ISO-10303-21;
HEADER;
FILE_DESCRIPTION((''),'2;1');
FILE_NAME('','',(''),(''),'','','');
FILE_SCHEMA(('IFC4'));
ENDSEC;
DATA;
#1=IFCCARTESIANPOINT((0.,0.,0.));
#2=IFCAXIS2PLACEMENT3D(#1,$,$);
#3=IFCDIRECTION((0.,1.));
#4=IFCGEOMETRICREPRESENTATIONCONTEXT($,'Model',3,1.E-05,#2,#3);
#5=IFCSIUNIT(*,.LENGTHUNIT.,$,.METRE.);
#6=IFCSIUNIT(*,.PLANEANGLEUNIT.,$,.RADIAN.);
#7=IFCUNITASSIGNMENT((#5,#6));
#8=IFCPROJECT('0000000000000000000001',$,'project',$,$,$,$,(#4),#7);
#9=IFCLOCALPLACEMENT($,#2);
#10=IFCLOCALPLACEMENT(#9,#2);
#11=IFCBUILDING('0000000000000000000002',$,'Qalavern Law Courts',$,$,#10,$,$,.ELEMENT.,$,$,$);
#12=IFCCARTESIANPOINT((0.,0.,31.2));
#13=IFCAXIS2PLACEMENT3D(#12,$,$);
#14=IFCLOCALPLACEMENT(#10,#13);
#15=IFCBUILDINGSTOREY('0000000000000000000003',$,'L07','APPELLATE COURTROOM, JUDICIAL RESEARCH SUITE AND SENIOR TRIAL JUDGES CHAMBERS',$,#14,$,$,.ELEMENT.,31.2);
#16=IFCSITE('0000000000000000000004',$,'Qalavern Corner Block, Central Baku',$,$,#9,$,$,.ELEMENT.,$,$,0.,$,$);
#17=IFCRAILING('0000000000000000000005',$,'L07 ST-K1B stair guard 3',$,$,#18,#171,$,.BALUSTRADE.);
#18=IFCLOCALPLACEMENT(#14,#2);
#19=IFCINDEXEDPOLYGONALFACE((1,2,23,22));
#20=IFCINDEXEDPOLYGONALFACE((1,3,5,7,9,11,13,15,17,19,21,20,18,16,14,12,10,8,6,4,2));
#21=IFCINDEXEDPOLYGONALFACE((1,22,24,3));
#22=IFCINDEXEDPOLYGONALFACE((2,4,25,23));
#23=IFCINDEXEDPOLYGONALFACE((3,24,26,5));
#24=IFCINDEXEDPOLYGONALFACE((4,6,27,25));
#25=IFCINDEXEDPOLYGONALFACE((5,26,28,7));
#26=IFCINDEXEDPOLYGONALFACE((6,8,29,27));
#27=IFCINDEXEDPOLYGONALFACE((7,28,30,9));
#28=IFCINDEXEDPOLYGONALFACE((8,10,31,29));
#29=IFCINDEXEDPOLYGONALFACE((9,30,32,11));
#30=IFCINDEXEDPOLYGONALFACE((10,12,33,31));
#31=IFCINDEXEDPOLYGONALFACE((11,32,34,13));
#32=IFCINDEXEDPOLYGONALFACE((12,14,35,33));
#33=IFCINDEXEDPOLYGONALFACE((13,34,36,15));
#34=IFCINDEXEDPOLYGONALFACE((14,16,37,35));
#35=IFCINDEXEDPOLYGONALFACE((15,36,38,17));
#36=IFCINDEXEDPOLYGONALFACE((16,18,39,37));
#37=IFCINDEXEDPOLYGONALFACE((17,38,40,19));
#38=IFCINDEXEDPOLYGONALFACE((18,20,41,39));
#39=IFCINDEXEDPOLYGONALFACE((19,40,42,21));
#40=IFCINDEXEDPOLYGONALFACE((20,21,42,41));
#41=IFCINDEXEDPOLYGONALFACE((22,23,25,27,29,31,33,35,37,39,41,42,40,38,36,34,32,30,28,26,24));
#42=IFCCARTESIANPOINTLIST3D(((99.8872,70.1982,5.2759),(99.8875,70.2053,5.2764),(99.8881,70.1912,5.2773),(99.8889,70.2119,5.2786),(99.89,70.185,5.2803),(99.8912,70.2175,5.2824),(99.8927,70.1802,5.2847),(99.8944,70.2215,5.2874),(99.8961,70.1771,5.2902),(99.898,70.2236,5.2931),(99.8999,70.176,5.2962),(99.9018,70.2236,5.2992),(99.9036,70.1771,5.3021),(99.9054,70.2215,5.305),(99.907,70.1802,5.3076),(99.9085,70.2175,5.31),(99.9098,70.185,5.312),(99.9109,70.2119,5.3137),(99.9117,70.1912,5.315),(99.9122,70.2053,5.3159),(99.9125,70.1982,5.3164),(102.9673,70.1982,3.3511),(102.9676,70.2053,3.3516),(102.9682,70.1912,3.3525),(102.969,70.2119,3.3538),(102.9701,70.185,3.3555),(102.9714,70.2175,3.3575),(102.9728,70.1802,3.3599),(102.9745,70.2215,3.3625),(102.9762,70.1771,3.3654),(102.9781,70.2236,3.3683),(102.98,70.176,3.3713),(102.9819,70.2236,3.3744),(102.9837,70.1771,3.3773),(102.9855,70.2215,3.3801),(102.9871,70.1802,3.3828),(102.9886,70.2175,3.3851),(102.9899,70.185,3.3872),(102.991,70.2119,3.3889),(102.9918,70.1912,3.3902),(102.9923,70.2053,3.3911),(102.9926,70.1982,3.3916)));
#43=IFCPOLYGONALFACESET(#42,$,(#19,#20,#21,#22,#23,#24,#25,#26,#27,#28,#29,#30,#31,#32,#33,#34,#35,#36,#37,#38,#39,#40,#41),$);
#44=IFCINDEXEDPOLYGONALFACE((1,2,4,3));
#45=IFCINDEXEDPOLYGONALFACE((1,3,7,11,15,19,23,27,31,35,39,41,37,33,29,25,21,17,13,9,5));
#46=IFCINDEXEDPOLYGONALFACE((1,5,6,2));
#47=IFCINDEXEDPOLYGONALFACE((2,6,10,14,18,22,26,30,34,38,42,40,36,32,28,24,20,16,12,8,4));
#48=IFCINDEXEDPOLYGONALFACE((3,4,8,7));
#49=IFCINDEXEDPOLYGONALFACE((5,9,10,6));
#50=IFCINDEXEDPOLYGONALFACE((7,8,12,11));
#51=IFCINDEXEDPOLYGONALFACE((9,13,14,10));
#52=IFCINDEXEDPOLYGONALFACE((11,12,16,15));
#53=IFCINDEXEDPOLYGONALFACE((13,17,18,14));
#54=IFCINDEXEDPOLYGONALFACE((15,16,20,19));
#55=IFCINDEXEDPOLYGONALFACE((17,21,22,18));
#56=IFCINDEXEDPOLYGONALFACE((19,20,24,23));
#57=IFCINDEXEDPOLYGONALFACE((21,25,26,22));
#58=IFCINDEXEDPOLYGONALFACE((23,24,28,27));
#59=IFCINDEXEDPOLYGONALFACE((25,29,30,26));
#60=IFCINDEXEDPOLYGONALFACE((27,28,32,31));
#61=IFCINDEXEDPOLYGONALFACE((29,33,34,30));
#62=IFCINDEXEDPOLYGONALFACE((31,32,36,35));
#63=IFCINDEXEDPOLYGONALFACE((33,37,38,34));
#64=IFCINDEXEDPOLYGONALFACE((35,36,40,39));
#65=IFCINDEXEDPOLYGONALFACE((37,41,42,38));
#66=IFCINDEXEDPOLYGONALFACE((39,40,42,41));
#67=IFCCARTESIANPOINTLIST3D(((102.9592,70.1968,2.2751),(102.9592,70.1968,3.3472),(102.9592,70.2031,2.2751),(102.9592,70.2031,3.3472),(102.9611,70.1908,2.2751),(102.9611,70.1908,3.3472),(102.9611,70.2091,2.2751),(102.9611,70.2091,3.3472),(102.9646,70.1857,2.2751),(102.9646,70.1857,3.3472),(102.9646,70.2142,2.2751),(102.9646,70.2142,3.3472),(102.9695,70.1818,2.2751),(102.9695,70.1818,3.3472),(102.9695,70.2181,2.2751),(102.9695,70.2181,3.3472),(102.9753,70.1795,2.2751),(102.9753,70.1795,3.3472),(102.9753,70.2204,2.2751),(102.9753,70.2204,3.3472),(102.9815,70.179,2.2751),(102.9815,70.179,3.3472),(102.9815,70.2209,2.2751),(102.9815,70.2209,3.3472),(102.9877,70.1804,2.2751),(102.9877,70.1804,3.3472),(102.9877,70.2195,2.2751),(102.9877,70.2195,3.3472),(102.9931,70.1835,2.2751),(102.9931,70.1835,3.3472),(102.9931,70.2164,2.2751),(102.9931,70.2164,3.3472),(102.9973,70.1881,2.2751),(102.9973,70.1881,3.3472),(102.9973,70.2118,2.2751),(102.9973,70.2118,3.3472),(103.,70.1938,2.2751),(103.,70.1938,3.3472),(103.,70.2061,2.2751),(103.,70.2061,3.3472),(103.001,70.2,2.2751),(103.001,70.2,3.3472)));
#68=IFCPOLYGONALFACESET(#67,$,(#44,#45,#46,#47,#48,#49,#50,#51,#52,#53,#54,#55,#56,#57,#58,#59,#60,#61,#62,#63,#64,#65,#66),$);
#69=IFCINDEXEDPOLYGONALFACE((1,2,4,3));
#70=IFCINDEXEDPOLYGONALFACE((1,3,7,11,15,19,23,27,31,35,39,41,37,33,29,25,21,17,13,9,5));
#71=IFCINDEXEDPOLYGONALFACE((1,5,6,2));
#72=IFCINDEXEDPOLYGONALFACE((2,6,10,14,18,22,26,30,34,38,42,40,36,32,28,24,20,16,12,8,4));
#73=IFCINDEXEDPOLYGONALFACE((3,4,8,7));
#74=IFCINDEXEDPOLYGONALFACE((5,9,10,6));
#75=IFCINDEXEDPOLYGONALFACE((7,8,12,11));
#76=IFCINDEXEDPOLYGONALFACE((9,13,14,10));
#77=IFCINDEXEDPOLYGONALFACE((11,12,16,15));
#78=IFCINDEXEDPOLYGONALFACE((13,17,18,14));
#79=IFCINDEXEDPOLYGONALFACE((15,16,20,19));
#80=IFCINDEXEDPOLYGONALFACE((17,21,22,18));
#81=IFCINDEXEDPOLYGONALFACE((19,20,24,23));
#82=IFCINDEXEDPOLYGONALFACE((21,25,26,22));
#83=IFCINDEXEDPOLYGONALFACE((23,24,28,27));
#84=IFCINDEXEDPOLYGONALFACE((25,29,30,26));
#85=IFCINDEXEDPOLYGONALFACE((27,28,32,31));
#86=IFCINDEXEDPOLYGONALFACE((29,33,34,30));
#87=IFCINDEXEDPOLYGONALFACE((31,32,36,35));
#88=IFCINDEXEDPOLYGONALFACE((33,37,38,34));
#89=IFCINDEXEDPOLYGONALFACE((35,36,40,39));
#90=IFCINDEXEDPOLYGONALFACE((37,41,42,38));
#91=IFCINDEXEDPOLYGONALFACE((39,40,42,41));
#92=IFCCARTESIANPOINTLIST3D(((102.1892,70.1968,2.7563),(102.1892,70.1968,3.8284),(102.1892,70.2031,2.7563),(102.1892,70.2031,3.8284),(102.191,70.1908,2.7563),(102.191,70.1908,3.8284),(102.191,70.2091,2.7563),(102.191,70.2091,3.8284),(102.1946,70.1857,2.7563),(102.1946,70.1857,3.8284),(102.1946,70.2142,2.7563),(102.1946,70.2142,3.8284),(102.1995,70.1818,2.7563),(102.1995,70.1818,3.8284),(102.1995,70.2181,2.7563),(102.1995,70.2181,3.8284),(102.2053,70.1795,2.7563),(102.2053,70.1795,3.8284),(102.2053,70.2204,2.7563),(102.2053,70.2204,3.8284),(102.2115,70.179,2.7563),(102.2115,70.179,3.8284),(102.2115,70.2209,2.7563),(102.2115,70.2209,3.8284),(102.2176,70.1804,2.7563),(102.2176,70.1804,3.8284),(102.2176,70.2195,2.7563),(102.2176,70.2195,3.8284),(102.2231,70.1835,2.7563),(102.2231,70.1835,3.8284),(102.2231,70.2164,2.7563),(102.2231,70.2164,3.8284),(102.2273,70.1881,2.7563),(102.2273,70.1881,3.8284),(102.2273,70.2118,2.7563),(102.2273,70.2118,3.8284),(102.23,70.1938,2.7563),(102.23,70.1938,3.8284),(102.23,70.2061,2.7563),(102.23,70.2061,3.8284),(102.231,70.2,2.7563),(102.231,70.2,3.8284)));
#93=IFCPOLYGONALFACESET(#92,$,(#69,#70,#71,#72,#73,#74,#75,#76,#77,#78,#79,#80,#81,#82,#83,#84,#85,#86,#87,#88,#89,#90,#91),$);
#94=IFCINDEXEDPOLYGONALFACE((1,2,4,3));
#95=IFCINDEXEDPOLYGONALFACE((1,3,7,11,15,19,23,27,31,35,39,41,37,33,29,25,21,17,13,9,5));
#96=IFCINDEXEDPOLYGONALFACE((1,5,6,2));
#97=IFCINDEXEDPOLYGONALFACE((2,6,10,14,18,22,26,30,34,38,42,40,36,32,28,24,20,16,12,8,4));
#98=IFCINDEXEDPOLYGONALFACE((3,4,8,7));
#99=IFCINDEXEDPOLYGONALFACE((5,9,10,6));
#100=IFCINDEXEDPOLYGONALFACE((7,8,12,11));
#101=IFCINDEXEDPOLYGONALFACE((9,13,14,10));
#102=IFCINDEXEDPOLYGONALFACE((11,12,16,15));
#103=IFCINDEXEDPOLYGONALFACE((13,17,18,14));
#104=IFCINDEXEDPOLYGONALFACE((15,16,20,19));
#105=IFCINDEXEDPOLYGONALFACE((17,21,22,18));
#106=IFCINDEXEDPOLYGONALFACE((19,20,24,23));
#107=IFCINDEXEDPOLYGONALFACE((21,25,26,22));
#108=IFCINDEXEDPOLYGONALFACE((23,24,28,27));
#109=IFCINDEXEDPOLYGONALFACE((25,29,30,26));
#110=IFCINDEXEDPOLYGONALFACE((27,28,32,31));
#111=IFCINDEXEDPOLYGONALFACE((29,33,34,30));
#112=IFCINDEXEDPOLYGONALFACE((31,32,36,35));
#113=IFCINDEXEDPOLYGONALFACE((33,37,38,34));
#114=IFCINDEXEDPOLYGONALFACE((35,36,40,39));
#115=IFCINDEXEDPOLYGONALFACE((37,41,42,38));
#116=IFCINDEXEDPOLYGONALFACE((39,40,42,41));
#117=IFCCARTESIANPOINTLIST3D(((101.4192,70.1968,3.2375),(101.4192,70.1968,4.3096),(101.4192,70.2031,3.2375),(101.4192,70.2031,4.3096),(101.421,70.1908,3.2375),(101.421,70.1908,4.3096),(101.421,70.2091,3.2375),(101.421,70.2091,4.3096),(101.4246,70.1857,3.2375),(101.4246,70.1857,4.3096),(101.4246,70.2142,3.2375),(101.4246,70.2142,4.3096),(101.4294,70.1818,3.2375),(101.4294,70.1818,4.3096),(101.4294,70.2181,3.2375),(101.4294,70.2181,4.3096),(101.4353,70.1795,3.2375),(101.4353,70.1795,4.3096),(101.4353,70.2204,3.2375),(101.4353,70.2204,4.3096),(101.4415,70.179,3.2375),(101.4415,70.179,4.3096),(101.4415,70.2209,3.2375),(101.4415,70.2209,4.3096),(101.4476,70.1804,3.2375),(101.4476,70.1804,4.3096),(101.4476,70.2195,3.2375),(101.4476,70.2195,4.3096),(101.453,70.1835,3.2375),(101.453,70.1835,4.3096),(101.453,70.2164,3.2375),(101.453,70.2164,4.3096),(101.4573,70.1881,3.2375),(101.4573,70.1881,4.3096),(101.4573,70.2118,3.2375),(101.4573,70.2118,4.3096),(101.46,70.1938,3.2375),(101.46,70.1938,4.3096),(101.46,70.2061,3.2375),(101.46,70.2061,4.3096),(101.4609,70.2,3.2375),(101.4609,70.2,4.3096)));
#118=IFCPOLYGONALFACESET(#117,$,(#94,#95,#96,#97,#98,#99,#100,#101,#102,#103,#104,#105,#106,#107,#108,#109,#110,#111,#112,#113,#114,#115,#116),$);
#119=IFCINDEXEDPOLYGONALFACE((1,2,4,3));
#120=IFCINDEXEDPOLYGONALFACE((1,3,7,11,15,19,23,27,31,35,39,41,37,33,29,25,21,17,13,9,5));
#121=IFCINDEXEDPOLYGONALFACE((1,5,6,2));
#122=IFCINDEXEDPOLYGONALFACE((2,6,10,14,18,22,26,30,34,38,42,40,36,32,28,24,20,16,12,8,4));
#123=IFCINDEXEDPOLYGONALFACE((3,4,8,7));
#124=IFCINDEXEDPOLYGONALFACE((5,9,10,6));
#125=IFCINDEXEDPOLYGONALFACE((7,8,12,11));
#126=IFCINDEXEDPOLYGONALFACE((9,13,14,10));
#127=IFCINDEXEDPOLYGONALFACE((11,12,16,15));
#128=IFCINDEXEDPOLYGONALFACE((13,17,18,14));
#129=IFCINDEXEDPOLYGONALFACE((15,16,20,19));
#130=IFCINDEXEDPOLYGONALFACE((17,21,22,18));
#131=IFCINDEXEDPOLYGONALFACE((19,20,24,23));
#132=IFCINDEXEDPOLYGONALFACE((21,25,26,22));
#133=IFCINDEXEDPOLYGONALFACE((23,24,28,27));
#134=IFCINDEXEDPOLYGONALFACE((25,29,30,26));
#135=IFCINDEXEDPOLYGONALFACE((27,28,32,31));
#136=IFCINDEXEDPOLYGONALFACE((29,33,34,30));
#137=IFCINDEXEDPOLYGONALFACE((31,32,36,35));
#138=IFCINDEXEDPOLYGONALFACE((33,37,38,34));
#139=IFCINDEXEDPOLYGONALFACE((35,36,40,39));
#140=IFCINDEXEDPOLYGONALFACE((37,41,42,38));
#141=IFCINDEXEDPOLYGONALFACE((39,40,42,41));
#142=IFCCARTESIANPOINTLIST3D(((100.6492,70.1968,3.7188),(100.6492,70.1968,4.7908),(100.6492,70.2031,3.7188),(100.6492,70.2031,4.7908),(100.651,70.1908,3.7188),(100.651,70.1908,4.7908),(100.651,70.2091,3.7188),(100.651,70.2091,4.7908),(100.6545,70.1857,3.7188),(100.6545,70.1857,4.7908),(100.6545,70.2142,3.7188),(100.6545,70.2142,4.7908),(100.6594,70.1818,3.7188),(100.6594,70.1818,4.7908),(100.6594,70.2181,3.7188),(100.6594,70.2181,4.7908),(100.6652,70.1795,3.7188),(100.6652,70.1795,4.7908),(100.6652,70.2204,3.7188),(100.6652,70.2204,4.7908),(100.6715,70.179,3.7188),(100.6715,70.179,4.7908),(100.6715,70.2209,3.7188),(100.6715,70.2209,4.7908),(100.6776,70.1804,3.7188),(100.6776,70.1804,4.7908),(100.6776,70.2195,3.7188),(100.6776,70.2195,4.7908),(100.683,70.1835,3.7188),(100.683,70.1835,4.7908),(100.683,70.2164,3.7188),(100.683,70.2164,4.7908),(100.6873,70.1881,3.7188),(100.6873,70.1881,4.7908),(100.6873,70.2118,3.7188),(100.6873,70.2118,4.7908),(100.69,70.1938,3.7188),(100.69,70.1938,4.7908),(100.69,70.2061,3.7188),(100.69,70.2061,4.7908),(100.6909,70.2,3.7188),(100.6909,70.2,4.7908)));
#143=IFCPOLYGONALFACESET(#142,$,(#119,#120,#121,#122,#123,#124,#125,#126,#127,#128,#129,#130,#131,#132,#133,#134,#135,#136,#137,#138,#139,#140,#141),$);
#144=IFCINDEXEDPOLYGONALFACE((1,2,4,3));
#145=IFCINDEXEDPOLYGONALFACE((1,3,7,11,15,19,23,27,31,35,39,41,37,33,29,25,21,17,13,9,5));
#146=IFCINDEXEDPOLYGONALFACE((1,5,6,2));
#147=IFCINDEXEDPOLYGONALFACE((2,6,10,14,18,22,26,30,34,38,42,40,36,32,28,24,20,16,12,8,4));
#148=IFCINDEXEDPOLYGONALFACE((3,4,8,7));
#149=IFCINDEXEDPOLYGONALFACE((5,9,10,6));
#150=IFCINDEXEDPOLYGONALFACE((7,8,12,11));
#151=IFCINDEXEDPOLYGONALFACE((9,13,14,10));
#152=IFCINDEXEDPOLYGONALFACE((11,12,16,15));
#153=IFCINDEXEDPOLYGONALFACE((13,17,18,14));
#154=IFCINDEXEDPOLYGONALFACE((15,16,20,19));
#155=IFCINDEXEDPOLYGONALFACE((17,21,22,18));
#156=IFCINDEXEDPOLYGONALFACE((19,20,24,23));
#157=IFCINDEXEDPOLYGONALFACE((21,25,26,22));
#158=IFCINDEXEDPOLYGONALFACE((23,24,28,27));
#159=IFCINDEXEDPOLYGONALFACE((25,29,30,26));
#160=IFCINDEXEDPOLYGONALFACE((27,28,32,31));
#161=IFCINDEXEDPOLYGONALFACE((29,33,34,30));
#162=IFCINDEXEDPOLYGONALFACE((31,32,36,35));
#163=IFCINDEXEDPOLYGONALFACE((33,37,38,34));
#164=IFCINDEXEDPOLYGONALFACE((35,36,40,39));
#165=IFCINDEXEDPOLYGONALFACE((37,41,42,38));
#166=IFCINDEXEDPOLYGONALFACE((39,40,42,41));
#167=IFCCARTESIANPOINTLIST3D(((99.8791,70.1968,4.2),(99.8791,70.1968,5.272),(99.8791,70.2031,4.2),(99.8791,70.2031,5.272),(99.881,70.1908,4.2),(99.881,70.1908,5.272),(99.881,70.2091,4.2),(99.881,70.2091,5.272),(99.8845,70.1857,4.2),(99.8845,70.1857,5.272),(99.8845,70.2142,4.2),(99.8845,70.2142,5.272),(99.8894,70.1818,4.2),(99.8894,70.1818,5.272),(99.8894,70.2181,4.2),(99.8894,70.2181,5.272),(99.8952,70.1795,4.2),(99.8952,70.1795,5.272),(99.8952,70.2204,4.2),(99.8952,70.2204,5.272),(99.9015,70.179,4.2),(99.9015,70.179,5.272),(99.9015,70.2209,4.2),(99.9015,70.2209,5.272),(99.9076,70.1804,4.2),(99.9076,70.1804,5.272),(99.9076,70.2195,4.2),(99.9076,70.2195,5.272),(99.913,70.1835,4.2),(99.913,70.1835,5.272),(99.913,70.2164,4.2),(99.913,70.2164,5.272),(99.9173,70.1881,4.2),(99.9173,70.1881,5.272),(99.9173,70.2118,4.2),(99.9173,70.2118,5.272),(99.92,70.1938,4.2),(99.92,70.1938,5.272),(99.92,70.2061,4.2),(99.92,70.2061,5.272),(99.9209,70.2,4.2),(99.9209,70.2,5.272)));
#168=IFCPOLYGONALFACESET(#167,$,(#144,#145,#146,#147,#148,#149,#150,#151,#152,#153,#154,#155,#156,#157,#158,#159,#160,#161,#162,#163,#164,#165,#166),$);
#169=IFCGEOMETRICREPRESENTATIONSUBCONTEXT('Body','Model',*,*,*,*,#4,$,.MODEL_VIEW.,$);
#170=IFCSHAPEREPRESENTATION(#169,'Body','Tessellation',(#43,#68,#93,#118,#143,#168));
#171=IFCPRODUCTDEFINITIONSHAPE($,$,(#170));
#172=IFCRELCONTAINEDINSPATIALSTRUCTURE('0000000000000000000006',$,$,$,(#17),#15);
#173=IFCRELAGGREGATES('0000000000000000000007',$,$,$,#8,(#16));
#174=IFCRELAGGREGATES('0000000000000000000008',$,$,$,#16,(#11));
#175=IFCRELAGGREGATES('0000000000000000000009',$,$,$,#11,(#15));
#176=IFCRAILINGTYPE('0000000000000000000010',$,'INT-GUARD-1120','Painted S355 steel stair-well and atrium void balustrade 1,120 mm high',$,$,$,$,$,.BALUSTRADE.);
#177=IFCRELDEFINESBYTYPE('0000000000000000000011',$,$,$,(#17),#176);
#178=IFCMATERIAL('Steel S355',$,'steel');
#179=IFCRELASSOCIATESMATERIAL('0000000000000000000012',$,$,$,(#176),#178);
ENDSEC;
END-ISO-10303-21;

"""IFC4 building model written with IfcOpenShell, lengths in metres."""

from ifc_helpers import new_model, si_unit, direction, frame, origin, origin_2d, place, context, subcontext, project, spatial, circle, extrude, material, type_object, element, save


model = new_model("IFC4")

# Units and contexts
model_context = context("Model", 3, precision=1e-05, world=origin(), true_north=direction((0.0, 1.0)))
body_context = subcontext(model_context, "Body", "Model", "MODEL_VIEW")
ifc_project = project(units=[si_unit("LENGTHUNIT", "METRE"), si_unit("PLANEANGLEUNIT", "RADIAN")], contexts=[model_context])

# Site, building, storey
site_placement = place(None, origin())
site = spatial("IfcSite", under=ifc_project, at=site_placement, Name="Qalavern Corner Block, Central Baku", CompositionType="ELEMENT", RefElevation=0.0)
building_placement = place(site_placement, origin())
building = spatial("IfcBuilding", under=site, at=building_placement, Name="Qalavern Law Courts", CompositionType="ELEMENT")
storey_placement = place(building_placement, frame((0.0, 0.0, 31.2)))
storey = spatial("IfcBuildingStorey", under=building, at=storey_placement, Name="L07", Description="APPELLATE COURTROOM, JUDICIAL RESEARCH SUITE AND SENIOR TRIAL JUDGES CHAMBERS", CompositionType="ELEMENT", Elevation=31.2)

# Shared definitions
ifc_material_1 = material(Name="Steel S355", Category="steel")

# Railing
railing_type_1 = type_object("IfcRailingType", Name="INT-GUARD-1120", Description="Painted S355 steel stair-well and atrium void balustrade 1,120 mm high", PredefinedType="BALUSTRADE", material=ifc_material_1)
railing_1_placement = place(storey_placement, frame((102.98, 70.2, 2.2751)))
element("IfcRailing", 1, at=railing_1_placement, inside=storey, type_object=railing_type_1, Name="L07 ST-K1B stair guard 3", PredefinedType="BALUSTRADE", context=body_context, shape_type="SweptSolid", body=[
    extrude(circle(Radius=0.0239, at=origin_2d()), frame((0.0, 0.0, 1.0962), z_axis=(-0.848029, 0.0, 0.529951), x_axis=(0.0, -1.0, 0.0)), (0.0, 0.0, 1.0), 3.6321),
    extrude(circle(Radius=0.021, at=origin_2d()), origin(), (0.0, 0.0, 1.0), 1.072),
    extrude(circle(Radius=0.021, at=origin_2d()), frame((-0.77, 0.0, 0.4812)), (0.0, 0.0, 1.0), 1.072),
    extrude(circle(Radius=0.021, at=origin_2d()), frame((-1.54, 0.0, 0.9624)), (0.0, 0.0, 1.0), 1.072),
    extrude(circle(Radius=0.021, at=origin_2d()), frame((-2.3101, 0.0, 1.4436)), (0.0, 0.0, 1.0), 1.072),
    extrude(circle(Radius=0.021, at=origin_2d()), frame((-3.0801, 0.0, 1.9248)), (0.0, 0.0, 1.0), 1.072),
])

save(model, "model.ifc")
